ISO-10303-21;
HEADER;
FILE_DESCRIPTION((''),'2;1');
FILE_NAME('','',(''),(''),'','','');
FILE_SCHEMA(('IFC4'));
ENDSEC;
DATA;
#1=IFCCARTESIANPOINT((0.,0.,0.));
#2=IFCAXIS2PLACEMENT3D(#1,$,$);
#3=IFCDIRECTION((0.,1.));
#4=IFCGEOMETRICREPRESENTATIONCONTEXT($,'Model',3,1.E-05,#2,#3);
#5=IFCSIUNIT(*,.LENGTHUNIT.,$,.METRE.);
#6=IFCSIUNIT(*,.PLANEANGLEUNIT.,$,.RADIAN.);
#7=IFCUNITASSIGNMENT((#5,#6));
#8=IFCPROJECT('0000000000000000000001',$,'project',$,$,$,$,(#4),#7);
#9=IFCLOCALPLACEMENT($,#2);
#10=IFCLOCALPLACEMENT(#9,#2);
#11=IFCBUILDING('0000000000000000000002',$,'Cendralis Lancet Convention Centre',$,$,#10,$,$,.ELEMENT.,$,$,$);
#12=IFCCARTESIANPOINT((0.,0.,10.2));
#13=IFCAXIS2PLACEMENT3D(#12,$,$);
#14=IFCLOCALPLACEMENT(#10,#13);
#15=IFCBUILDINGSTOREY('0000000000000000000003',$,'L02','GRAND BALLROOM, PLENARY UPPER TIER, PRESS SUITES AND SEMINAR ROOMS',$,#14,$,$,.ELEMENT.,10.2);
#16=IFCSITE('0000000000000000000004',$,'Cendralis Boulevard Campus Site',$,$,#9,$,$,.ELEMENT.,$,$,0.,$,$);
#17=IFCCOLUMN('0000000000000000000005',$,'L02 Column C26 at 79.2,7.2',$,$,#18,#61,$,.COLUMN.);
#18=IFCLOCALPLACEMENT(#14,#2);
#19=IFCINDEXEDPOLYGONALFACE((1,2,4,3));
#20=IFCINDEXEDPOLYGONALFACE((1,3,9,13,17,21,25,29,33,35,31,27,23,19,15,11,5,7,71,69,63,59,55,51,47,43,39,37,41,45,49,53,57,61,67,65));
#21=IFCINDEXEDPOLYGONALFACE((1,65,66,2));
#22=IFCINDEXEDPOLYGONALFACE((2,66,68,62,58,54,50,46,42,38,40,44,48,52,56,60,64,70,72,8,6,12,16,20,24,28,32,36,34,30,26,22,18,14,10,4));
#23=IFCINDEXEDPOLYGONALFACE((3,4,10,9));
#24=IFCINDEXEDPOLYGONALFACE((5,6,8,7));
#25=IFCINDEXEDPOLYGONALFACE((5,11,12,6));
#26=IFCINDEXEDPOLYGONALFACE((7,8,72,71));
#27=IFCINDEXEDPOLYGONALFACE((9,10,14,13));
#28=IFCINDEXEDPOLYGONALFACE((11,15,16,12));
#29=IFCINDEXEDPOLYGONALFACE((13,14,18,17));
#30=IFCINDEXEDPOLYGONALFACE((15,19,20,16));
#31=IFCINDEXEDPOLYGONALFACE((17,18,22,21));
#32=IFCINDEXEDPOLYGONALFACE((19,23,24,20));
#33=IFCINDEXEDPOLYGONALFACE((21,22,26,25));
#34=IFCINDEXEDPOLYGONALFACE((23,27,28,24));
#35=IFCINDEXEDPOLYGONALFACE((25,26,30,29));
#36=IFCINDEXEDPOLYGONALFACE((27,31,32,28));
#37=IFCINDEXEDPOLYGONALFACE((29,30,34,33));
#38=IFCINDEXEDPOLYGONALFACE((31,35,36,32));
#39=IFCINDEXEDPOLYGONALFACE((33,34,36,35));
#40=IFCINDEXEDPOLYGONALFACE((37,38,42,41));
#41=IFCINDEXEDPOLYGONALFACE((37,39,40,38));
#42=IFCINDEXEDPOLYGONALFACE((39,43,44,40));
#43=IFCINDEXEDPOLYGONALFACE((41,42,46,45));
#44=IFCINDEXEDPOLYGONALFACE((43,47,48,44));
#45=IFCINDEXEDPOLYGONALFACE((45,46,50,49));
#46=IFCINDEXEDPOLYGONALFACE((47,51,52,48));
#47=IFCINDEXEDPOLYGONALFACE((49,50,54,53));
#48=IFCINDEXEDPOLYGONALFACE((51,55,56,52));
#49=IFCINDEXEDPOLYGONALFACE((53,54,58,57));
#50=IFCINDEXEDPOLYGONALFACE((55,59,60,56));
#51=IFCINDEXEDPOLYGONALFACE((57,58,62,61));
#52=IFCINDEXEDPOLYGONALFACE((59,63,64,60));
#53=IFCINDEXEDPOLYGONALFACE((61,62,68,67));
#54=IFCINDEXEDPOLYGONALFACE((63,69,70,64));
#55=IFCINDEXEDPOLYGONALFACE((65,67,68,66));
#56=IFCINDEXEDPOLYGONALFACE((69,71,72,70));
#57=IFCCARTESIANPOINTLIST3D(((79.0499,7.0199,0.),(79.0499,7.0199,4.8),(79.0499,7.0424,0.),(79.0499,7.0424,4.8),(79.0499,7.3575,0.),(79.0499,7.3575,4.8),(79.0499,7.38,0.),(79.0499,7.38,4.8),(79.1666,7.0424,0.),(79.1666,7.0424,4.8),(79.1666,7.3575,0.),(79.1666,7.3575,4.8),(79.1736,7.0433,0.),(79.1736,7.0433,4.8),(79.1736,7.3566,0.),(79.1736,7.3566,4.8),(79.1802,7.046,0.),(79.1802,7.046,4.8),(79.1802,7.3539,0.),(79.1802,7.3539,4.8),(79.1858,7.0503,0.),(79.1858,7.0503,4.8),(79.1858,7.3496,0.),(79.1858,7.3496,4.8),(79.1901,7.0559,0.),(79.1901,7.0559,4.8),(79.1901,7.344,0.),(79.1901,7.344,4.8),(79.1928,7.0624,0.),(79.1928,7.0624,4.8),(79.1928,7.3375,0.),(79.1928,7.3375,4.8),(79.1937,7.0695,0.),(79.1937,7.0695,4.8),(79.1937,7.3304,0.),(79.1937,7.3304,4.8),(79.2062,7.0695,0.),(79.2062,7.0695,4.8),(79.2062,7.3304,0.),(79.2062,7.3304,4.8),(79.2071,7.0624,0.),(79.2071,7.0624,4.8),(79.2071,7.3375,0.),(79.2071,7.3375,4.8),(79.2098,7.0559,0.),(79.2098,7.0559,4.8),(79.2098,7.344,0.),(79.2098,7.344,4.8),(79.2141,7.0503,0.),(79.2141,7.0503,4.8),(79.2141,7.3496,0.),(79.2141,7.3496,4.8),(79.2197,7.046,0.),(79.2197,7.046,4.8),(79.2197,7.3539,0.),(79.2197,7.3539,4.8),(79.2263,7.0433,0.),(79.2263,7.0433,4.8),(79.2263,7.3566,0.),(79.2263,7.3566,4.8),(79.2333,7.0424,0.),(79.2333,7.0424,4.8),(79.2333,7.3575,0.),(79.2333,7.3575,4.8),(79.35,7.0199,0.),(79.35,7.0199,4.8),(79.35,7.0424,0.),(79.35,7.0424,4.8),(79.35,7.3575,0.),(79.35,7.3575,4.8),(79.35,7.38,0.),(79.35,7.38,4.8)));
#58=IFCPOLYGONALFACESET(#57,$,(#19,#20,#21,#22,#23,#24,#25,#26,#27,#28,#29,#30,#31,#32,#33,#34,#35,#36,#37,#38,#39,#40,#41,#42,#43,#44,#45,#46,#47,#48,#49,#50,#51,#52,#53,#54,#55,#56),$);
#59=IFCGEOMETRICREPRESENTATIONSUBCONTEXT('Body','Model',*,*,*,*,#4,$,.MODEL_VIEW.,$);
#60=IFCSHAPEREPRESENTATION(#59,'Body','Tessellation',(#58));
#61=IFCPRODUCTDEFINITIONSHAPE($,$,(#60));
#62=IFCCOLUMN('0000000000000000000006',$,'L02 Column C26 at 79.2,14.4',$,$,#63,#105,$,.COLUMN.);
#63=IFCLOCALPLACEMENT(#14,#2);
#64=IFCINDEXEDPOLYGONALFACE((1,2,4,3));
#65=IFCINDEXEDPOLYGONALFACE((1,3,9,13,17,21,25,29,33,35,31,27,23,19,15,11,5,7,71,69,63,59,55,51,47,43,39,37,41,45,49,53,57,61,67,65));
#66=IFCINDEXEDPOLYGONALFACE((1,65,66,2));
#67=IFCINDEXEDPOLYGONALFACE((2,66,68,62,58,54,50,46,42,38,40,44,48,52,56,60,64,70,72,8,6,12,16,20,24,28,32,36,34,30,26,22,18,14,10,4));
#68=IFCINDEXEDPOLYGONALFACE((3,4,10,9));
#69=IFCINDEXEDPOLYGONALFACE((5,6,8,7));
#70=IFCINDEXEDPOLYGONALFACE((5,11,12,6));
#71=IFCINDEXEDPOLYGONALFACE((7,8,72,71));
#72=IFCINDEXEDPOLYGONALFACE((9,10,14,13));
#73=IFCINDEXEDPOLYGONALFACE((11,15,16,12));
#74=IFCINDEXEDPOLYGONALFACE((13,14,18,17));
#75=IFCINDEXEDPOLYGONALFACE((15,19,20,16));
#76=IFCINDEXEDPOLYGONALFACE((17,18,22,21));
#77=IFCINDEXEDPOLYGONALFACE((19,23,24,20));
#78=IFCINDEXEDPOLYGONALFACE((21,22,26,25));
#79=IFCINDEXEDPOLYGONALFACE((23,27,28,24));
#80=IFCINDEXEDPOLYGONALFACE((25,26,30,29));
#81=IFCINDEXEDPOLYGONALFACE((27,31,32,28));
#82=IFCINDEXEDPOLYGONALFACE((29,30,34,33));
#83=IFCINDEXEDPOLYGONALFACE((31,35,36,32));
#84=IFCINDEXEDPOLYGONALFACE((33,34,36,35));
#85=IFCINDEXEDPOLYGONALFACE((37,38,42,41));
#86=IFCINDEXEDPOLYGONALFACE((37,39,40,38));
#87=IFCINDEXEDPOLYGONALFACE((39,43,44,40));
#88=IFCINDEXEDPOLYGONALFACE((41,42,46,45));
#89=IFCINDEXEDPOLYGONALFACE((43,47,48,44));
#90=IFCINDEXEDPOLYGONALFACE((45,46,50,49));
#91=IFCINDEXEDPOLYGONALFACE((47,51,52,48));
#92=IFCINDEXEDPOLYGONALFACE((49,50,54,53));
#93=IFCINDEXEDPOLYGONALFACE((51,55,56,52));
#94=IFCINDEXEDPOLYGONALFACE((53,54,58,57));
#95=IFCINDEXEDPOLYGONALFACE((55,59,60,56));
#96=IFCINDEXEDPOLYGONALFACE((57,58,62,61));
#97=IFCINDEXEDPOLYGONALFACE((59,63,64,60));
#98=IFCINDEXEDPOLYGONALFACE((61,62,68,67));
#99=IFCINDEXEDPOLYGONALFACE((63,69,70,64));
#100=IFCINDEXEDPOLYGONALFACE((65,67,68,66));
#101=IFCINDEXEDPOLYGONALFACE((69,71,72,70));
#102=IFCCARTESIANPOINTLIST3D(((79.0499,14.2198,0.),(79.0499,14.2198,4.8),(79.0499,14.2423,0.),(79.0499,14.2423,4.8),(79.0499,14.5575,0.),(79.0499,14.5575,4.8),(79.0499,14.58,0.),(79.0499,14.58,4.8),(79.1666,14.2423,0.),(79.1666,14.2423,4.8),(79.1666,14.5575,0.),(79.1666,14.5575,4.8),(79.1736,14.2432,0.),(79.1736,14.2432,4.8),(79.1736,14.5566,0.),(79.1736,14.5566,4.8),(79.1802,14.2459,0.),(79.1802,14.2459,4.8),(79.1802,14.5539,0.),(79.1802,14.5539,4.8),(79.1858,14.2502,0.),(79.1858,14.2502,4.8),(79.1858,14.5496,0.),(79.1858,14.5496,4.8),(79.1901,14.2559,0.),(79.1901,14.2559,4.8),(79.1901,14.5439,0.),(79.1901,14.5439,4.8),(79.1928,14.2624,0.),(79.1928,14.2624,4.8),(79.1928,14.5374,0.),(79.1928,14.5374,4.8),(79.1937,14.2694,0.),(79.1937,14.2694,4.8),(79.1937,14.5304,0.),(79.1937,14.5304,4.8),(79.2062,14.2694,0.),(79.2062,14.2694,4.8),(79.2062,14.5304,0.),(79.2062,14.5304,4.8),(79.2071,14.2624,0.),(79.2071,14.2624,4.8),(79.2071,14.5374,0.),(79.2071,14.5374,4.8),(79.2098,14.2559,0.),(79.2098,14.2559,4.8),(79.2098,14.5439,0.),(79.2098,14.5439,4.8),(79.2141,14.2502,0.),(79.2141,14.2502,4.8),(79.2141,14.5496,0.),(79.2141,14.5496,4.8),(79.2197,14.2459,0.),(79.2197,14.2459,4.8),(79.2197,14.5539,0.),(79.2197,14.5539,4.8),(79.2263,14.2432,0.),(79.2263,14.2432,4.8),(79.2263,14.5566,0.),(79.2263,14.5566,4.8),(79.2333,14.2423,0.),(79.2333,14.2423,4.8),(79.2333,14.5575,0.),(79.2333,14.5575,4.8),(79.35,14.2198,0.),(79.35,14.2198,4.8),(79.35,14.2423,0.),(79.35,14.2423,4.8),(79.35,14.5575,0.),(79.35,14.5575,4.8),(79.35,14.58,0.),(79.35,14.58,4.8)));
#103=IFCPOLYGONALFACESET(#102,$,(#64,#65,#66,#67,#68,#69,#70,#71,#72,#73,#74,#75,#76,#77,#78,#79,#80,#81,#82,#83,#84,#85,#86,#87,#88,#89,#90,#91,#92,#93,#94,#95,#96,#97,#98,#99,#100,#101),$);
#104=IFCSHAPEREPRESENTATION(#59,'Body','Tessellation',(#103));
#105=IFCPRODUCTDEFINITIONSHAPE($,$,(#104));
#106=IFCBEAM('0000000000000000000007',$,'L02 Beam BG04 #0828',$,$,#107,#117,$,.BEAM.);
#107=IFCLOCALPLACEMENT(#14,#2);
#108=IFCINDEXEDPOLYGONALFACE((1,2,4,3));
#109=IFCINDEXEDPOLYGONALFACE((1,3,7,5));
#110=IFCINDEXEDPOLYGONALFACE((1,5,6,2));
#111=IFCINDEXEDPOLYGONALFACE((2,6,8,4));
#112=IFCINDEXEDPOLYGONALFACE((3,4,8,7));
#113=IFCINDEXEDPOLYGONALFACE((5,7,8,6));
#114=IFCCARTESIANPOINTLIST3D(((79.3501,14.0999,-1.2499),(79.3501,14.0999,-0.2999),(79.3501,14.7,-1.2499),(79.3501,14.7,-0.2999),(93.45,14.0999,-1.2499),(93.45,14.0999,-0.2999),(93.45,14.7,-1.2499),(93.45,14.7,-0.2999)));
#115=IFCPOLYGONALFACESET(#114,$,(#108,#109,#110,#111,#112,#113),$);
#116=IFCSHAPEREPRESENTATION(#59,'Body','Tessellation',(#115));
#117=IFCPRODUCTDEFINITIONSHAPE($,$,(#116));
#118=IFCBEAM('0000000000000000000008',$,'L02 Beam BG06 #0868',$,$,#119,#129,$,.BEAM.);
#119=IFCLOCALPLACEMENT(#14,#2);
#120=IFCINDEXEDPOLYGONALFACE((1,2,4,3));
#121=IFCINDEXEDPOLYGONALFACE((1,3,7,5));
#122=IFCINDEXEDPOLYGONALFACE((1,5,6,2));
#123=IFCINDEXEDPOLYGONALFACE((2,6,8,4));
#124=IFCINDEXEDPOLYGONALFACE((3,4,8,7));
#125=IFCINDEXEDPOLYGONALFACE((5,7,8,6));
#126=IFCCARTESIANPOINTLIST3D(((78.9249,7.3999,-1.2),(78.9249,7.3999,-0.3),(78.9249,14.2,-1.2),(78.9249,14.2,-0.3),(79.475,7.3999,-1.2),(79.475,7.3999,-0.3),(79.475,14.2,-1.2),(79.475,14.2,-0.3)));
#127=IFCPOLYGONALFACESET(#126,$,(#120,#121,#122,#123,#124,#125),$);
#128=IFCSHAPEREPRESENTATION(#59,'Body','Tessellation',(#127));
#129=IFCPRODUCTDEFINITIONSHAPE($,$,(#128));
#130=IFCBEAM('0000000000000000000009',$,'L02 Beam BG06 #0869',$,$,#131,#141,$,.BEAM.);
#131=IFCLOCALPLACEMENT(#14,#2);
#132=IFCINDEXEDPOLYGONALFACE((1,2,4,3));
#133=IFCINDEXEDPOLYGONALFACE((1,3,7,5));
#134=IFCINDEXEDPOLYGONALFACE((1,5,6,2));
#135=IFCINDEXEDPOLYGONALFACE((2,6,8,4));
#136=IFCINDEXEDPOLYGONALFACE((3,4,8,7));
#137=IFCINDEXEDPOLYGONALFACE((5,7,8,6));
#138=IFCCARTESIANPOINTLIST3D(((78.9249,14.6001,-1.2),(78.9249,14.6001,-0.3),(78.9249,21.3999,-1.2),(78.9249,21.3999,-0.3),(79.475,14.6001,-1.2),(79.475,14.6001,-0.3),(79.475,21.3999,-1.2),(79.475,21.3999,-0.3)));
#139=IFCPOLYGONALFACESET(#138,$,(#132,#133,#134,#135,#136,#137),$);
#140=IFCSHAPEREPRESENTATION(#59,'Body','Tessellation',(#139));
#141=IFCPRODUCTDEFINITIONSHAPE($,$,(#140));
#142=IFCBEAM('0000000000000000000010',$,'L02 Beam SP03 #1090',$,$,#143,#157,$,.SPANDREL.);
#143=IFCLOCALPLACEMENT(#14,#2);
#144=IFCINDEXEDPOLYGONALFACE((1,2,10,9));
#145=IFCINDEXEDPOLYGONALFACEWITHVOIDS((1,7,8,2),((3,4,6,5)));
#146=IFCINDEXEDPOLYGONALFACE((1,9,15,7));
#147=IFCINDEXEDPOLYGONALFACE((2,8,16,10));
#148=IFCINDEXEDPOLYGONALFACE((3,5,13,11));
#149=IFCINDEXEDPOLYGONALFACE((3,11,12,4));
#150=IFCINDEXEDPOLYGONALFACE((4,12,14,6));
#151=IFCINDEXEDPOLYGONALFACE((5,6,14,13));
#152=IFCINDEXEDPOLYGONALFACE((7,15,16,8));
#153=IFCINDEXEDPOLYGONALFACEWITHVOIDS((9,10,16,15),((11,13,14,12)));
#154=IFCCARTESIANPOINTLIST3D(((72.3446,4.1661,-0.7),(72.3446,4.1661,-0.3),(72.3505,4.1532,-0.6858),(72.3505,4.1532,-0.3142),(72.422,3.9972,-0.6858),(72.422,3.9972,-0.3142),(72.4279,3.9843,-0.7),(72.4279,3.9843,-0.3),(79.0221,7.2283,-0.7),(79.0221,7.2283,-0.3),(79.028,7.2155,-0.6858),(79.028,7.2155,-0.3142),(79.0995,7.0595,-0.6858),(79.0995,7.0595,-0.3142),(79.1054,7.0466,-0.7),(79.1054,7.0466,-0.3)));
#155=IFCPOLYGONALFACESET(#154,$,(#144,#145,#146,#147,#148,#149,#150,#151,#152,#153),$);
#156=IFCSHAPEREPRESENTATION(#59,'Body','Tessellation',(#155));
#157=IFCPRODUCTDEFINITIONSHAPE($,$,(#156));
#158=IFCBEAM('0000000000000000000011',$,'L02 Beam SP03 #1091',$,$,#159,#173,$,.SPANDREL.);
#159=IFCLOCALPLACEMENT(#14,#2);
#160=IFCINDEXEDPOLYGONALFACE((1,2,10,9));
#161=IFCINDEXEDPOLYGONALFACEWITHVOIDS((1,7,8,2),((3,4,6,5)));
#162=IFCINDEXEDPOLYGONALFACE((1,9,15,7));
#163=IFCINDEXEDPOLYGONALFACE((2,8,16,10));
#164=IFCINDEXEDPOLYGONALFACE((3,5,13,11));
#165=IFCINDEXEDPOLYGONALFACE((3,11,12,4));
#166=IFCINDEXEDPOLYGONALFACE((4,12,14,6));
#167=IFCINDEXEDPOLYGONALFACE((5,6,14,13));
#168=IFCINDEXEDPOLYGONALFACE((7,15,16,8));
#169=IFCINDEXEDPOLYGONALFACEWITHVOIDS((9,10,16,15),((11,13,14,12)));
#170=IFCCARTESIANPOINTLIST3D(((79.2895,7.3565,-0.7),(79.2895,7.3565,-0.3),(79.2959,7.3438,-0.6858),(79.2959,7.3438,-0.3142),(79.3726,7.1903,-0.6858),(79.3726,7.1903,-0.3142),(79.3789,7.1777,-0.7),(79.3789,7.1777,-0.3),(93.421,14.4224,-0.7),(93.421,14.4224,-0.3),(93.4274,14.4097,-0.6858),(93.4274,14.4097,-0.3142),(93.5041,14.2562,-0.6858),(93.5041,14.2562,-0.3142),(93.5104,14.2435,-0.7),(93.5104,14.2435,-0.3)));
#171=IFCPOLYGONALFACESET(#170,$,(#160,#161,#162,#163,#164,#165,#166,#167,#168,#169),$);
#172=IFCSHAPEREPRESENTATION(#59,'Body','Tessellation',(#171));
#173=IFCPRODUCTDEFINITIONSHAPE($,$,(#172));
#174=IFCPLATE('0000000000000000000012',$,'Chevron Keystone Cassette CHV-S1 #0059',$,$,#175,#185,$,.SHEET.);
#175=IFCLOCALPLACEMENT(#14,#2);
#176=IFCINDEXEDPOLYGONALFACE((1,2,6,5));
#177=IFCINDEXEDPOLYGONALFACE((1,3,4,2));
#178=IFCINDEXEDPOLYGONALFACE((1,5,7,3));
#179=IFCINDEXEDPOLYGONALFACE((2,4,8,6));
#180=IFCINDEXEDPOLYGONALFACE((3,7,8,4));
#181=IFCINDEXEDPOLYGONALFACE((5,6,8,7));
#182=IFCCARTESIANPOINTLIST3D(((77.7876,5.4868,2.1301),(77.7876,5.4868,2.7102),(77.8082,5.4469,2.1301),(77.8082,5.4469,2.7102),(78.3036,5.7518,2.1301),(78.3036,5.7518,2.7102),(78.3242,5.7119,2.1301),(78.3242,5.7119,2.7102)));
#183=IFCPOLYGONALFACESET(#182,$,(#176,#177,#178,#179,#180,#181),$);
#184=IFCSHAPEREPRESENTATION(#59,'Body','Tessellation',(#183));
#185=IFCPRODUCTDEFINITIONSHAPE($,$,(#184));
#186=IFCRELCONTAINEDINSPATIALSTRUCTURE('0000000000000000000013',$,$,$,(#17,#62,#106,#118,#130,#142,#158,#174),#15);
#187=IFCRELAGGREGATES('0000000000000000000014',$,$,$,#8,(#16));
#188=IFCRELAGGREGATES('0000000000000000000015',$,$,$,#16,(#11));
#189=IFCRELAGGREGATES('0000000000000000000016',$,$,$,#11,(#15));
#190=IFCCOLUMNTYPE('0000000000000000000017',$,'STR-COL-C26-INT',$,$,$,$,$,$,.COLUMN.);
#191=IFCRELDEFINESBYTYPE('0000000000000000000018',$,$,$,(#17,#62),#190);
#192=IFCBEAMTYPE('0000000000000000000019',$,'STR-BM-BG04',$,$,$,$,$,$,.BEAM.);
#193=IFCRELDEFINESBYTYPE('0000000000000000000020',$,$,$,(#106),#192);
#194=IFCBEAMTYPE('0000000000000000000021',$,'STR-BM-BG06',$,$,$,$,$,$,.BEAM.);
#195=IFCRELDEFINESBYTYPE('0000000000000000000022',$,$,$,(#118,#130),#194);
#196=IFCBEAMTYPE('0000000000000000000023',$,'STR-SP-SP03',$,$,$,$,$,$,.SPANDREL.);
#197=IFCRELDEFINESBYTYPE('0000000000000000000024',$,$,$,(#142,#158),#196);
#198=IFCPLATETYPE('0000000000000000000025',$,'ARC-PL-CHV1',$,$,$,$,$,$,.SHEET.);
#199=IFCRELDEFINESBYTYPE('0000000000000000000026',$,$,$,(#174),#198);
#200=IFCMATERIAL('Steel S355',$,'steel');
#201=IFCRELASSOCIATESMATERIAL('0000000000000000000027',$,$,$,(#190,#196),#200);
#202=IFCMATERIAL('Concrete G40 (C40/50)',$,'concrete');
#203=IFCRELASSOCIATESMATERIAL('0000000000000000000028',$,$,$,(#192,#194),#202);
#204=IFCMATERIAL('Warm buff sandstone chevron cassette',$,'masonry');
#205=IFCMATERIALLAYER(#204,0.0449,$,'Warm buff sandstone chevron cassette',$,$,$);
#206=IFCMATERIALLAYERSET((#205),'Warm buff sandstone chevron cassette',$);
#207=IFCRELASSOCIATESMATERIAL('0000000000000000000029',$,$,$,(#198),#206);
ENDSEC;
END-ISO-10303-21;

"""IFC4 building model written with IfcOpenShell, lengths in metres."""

from ifc_helpers import new_model, si_unit, direction, frame, origin, origin_2d, place, context, subcontext, project, spatial, rectangle, hollow_rectangle, i_section, extrude, material, layer, layer_set, material_profile, profile_set, type_object, element, save


model = new_model("IFC4")

# Units and contexts
model_context = context("Model", 3, precision=1e-05, world=origin(), true_north=direction((0.0, 1.0)))
body_context = subcontext(model_context, "Body", "Model", "MODEL_VIEW")
ifc_project = project(units=[si_unit("LENGTHUNIT", "METRE"), si_unit("PLANEANGLEUNIT", "RADIAN")], contexts=[model_context])

# Site, building, storey
site_placement = place(None, origin())
site = spatial("IfcSite", under=ifc_project, at=site_placement, Name="Cendralis Boulevard Campus Site", CompositionType="ELEMENT", RefElevation=0.0)
building_placement = place(site_placement, origin())
building = spatial("IfcBuilding", under=site, at=building_placement, Name="Cendralis Lancet Convention Centre", CompositionType="ELEMENT")
storey_placement = place(building_placement, frame((0.0, 0.0, 10.2)))
storey = spatial("IfcBuildingStorey", under=building, at=storey_placement, Name="L02", Description="GRAND BALLROOM, PLENARY UPPER TIER, PRESS SUITES AND SEMINAR ROOMS", CompositionType="ELEMENT", Elevation=10.2)

# Columns
ifc_material_1 = material(Name="Steel S355", Category="steel")
ifc_material_profile_1 = material_profile(ifc_material_1, i_section(OverallWidth=0.3, OverallDepth=0.3601, WebThickness=0.0125, FlangeThickness=0.0225, FilletRadius=0.0271, at=origin_2d()), Name="HEB 360")
ifc_profile_set_1 = profile_set([ifc_material_profile_1], Name="Steel S355")
column_type = type_object("IfcColumnType", Name="STR-COL-C26-INT", PredefinedType="COLUMN", material=ifc_profile_set_1)
for number, where, z_axis, x_axis, name in (
    (1, (79.2, 7.2, 0.0), (0.0, 0.0, 1.0), (1.0, 0.0, 0.0), "L02 Column C26 at 79.2,7.2"),
    (2, (79.2, 14.3999, 0.0), (0.0, 0.0, 1.0), (1.0, 0.0, 0.0), "L02 Column C26 at 79.2,14.4"),
):
    element("IfcColumn", number, at=place(storey_placement, frame(where, z_axis=z_axis, x_axis=x_axis)), inside=storey, type_object=column_type, Name=name, PredefinedType="COLUMN", context=body_context, shape_type="SweptSolid", body=[
        extrude(i_section(OverallWidth=0.3, OverallDepth=0.3601, WebThickness=0.0125, FlangeThickness=0.0225, FilletRadius=0.0271, at=origin_2d()), origin(), (0.0, 0.0, 1.0), 4.8),
    ])

# Beams
ifc_material_2 = material(Name="Concrete G40 (C40/50)", Category="concrete")
ifc_material_profile_2 = material_profile(ifc_material_2, rectangle(XDim=0.6001, YDim=0.95, at=origin_2d()), Name="RCB 600x950")
ifc_profile_set_2 = profile_set([ifc_material_profile_2], Name="Concrete G40 (C40/50)")
beam_type_1 = type_object("IfcBeamType", Name="STR-BM-BG04", PredefinedType="BEAM", material=ifc_profile_set_2)
beam_1_placement = place(storey_placement, frame((79.3501, 14.3999, -0.7749), z_axis=(1.0, 0.0, 0.0), x_axis=(0.0, 1.0, 0.0)))
element("IfcBeam", 3, at=beam_1_placement, inside=storey, type_object=beam_type_1, Name="L02 Beam BG04 #0828", PredefinedType="BEAM", context=body_context, shape_type="SweptSolid", body=[
    extrude(rectangle(XDim=0.6001, YDim=0.95, at=origin_2d()), origin(), (0.0, 0.0, 1.0), 14.0999),
])
ifc_material_profile_3 = material_profile(ifc_material_2, rectangle(XDim=0.55, YDim=0.8999, at=origin_2d()), Name="RCB 550x900")
ifc_profile_set_3 = profile_set([ifc_material_profile_3], Name="Concrete G40 (C40/50)")
beam_type_2 = type_object("IfcBeamType", Name="STR-BM-BG06", PredefinedType="BEAM", material=ifc_profile_set_3)
beam_2_placement = place(storey_placement, frame((79.2, 7.3999, -0.75), z_axis=(0.0, 1.0, 0.0), x_axis=(-1.0, 0.0, 0.0)))
element("IfcBeam", 4, at=beam_2_placement, inside=storey, type_object=beam_type_2, Name="L02 Beam BG06 #0868", PredefinedType="BEAM", context=body_context, shape_type="SweptSolid", body=[
    extrude(rectangle(XDim=0.55, YDim=0.8999, at=origin_2d()), origin(), (0.0, 0.0, 1.0), 6.8),
])
beam_3_placement = place(storey_placement, frame((79.2, 14.6001, -0.75), z_axis=(0.0, 1.0, 0.0), x_axis=(-1.0, 0.0, 0.0)))
element("IfcBeam", 5, at=beam_3_placement, inside=storey, type_object=beam_type_2, Name="L02 Beam BG06 #0869", PredefinedType="BEAM", context=body_context, shape_type="SweptSolid", body=[
    extrude(rectangle(XDim=0.55, YDim=0.8999, at=origin_2d()), origin(), (0.0, 0.0, 1.0), 6.7998),
])
ifc_material_profile_4 = material_profile(ifc_material_1, hollow_rectangle(XDim=0.2, YDim=0.3999, WallThickness=0.0142, at=origin_2d()), Name="RHS 400x200x14.2")
ifc_profile_set_4 = profile_set([ifc_material_profile_4], Name="Steel S355")
beam_type_3 = type_object("IfcBeamType", Name="STR-SP-SP03", PredefinedType="SPANDREL", material=ifc_profile_set_4)
beam_4_placement = place(storey_placement, frame((72.3862, 4.0752, -0.5), z_axis=(0.908975, 0.41685, 0.0), x_axis=(-0.41685, 0.908975, 0.0)))
element("IfcBeam", 6, at=beam_4_placement, inside=storey, type_object=beam_type_3, Name="L02 Beam SP03 #1090", PredefinedType="SPANDREL", context=body_context, shape_type="SweptSolid", body=[
    extrude(hollow_rectangle(XDim=0.2, YDim=0.3999, WallThickness=0.0142, at=origin_2d()), origin(), (0.0, 0.0, 1.0), 7.3462),
])
beam_5_placement = place(storey_placement, frame((79.3342, 7.2671, -0.5), z_axis=(0.894424, 0.44722, 0.0), x_axis=(-0.44722, 0.894424, 0.0)))
element("IfcBeam", 7, at=beam_5_placement, inside=storey, type_object=beam_type_3, Name="L02 Beam SP03 #1091", PredefinedType="SPANDREL", context=body_context, shape_type="SweptSolid", body=[
    extrude(hollow_rectangle(XDim=0.2, YDim=0.3999, WallThickness=0.0142, at=origin_2d()), origin(), (0.0, 0.0, 1.0), 15.7996),
])

# Plate
ifc_material_3 = material(Name="Warm buff sandstone chevron cassette", Category="masonry")
ifc_layer_1 = layer(ifc_material_3, 0.0449, Name="Warm buff sandstone chevron cassette")
ifc_layer_set_1 = layer_set([ifc_layer_1], Name="Warm buff sandstone chevron cassette")
plate_type_1 = type_object("IfcPlateType", Name="ARC-PL-CHV1", PredefinedType="SHEET", material=ifc_layer_set_1)
plate_1_placement = place(storey_placement, frame((78.0559, 5.5994, 2.1301), z_axis=(0.0, 0.0, 1.0), x_axis=(0.889544, 0.45685, 0.0)))
element("IfcPlate", 8, at=plate_1_placement, inside=storey, type_object=plate_type_1, Name="Chevron Keystone Cassette CHV-S1 #0059", PredefinedType="SHEET", context=body_context, shape_type="SweptSolid", body=[
    extrude(rectangle(XDim=0.5801, YDim=0.0449, at=origin_2d()), origin(), (0.0, 0.0, 1.0), 0.5801),
])

save(model, "model.ifc")
